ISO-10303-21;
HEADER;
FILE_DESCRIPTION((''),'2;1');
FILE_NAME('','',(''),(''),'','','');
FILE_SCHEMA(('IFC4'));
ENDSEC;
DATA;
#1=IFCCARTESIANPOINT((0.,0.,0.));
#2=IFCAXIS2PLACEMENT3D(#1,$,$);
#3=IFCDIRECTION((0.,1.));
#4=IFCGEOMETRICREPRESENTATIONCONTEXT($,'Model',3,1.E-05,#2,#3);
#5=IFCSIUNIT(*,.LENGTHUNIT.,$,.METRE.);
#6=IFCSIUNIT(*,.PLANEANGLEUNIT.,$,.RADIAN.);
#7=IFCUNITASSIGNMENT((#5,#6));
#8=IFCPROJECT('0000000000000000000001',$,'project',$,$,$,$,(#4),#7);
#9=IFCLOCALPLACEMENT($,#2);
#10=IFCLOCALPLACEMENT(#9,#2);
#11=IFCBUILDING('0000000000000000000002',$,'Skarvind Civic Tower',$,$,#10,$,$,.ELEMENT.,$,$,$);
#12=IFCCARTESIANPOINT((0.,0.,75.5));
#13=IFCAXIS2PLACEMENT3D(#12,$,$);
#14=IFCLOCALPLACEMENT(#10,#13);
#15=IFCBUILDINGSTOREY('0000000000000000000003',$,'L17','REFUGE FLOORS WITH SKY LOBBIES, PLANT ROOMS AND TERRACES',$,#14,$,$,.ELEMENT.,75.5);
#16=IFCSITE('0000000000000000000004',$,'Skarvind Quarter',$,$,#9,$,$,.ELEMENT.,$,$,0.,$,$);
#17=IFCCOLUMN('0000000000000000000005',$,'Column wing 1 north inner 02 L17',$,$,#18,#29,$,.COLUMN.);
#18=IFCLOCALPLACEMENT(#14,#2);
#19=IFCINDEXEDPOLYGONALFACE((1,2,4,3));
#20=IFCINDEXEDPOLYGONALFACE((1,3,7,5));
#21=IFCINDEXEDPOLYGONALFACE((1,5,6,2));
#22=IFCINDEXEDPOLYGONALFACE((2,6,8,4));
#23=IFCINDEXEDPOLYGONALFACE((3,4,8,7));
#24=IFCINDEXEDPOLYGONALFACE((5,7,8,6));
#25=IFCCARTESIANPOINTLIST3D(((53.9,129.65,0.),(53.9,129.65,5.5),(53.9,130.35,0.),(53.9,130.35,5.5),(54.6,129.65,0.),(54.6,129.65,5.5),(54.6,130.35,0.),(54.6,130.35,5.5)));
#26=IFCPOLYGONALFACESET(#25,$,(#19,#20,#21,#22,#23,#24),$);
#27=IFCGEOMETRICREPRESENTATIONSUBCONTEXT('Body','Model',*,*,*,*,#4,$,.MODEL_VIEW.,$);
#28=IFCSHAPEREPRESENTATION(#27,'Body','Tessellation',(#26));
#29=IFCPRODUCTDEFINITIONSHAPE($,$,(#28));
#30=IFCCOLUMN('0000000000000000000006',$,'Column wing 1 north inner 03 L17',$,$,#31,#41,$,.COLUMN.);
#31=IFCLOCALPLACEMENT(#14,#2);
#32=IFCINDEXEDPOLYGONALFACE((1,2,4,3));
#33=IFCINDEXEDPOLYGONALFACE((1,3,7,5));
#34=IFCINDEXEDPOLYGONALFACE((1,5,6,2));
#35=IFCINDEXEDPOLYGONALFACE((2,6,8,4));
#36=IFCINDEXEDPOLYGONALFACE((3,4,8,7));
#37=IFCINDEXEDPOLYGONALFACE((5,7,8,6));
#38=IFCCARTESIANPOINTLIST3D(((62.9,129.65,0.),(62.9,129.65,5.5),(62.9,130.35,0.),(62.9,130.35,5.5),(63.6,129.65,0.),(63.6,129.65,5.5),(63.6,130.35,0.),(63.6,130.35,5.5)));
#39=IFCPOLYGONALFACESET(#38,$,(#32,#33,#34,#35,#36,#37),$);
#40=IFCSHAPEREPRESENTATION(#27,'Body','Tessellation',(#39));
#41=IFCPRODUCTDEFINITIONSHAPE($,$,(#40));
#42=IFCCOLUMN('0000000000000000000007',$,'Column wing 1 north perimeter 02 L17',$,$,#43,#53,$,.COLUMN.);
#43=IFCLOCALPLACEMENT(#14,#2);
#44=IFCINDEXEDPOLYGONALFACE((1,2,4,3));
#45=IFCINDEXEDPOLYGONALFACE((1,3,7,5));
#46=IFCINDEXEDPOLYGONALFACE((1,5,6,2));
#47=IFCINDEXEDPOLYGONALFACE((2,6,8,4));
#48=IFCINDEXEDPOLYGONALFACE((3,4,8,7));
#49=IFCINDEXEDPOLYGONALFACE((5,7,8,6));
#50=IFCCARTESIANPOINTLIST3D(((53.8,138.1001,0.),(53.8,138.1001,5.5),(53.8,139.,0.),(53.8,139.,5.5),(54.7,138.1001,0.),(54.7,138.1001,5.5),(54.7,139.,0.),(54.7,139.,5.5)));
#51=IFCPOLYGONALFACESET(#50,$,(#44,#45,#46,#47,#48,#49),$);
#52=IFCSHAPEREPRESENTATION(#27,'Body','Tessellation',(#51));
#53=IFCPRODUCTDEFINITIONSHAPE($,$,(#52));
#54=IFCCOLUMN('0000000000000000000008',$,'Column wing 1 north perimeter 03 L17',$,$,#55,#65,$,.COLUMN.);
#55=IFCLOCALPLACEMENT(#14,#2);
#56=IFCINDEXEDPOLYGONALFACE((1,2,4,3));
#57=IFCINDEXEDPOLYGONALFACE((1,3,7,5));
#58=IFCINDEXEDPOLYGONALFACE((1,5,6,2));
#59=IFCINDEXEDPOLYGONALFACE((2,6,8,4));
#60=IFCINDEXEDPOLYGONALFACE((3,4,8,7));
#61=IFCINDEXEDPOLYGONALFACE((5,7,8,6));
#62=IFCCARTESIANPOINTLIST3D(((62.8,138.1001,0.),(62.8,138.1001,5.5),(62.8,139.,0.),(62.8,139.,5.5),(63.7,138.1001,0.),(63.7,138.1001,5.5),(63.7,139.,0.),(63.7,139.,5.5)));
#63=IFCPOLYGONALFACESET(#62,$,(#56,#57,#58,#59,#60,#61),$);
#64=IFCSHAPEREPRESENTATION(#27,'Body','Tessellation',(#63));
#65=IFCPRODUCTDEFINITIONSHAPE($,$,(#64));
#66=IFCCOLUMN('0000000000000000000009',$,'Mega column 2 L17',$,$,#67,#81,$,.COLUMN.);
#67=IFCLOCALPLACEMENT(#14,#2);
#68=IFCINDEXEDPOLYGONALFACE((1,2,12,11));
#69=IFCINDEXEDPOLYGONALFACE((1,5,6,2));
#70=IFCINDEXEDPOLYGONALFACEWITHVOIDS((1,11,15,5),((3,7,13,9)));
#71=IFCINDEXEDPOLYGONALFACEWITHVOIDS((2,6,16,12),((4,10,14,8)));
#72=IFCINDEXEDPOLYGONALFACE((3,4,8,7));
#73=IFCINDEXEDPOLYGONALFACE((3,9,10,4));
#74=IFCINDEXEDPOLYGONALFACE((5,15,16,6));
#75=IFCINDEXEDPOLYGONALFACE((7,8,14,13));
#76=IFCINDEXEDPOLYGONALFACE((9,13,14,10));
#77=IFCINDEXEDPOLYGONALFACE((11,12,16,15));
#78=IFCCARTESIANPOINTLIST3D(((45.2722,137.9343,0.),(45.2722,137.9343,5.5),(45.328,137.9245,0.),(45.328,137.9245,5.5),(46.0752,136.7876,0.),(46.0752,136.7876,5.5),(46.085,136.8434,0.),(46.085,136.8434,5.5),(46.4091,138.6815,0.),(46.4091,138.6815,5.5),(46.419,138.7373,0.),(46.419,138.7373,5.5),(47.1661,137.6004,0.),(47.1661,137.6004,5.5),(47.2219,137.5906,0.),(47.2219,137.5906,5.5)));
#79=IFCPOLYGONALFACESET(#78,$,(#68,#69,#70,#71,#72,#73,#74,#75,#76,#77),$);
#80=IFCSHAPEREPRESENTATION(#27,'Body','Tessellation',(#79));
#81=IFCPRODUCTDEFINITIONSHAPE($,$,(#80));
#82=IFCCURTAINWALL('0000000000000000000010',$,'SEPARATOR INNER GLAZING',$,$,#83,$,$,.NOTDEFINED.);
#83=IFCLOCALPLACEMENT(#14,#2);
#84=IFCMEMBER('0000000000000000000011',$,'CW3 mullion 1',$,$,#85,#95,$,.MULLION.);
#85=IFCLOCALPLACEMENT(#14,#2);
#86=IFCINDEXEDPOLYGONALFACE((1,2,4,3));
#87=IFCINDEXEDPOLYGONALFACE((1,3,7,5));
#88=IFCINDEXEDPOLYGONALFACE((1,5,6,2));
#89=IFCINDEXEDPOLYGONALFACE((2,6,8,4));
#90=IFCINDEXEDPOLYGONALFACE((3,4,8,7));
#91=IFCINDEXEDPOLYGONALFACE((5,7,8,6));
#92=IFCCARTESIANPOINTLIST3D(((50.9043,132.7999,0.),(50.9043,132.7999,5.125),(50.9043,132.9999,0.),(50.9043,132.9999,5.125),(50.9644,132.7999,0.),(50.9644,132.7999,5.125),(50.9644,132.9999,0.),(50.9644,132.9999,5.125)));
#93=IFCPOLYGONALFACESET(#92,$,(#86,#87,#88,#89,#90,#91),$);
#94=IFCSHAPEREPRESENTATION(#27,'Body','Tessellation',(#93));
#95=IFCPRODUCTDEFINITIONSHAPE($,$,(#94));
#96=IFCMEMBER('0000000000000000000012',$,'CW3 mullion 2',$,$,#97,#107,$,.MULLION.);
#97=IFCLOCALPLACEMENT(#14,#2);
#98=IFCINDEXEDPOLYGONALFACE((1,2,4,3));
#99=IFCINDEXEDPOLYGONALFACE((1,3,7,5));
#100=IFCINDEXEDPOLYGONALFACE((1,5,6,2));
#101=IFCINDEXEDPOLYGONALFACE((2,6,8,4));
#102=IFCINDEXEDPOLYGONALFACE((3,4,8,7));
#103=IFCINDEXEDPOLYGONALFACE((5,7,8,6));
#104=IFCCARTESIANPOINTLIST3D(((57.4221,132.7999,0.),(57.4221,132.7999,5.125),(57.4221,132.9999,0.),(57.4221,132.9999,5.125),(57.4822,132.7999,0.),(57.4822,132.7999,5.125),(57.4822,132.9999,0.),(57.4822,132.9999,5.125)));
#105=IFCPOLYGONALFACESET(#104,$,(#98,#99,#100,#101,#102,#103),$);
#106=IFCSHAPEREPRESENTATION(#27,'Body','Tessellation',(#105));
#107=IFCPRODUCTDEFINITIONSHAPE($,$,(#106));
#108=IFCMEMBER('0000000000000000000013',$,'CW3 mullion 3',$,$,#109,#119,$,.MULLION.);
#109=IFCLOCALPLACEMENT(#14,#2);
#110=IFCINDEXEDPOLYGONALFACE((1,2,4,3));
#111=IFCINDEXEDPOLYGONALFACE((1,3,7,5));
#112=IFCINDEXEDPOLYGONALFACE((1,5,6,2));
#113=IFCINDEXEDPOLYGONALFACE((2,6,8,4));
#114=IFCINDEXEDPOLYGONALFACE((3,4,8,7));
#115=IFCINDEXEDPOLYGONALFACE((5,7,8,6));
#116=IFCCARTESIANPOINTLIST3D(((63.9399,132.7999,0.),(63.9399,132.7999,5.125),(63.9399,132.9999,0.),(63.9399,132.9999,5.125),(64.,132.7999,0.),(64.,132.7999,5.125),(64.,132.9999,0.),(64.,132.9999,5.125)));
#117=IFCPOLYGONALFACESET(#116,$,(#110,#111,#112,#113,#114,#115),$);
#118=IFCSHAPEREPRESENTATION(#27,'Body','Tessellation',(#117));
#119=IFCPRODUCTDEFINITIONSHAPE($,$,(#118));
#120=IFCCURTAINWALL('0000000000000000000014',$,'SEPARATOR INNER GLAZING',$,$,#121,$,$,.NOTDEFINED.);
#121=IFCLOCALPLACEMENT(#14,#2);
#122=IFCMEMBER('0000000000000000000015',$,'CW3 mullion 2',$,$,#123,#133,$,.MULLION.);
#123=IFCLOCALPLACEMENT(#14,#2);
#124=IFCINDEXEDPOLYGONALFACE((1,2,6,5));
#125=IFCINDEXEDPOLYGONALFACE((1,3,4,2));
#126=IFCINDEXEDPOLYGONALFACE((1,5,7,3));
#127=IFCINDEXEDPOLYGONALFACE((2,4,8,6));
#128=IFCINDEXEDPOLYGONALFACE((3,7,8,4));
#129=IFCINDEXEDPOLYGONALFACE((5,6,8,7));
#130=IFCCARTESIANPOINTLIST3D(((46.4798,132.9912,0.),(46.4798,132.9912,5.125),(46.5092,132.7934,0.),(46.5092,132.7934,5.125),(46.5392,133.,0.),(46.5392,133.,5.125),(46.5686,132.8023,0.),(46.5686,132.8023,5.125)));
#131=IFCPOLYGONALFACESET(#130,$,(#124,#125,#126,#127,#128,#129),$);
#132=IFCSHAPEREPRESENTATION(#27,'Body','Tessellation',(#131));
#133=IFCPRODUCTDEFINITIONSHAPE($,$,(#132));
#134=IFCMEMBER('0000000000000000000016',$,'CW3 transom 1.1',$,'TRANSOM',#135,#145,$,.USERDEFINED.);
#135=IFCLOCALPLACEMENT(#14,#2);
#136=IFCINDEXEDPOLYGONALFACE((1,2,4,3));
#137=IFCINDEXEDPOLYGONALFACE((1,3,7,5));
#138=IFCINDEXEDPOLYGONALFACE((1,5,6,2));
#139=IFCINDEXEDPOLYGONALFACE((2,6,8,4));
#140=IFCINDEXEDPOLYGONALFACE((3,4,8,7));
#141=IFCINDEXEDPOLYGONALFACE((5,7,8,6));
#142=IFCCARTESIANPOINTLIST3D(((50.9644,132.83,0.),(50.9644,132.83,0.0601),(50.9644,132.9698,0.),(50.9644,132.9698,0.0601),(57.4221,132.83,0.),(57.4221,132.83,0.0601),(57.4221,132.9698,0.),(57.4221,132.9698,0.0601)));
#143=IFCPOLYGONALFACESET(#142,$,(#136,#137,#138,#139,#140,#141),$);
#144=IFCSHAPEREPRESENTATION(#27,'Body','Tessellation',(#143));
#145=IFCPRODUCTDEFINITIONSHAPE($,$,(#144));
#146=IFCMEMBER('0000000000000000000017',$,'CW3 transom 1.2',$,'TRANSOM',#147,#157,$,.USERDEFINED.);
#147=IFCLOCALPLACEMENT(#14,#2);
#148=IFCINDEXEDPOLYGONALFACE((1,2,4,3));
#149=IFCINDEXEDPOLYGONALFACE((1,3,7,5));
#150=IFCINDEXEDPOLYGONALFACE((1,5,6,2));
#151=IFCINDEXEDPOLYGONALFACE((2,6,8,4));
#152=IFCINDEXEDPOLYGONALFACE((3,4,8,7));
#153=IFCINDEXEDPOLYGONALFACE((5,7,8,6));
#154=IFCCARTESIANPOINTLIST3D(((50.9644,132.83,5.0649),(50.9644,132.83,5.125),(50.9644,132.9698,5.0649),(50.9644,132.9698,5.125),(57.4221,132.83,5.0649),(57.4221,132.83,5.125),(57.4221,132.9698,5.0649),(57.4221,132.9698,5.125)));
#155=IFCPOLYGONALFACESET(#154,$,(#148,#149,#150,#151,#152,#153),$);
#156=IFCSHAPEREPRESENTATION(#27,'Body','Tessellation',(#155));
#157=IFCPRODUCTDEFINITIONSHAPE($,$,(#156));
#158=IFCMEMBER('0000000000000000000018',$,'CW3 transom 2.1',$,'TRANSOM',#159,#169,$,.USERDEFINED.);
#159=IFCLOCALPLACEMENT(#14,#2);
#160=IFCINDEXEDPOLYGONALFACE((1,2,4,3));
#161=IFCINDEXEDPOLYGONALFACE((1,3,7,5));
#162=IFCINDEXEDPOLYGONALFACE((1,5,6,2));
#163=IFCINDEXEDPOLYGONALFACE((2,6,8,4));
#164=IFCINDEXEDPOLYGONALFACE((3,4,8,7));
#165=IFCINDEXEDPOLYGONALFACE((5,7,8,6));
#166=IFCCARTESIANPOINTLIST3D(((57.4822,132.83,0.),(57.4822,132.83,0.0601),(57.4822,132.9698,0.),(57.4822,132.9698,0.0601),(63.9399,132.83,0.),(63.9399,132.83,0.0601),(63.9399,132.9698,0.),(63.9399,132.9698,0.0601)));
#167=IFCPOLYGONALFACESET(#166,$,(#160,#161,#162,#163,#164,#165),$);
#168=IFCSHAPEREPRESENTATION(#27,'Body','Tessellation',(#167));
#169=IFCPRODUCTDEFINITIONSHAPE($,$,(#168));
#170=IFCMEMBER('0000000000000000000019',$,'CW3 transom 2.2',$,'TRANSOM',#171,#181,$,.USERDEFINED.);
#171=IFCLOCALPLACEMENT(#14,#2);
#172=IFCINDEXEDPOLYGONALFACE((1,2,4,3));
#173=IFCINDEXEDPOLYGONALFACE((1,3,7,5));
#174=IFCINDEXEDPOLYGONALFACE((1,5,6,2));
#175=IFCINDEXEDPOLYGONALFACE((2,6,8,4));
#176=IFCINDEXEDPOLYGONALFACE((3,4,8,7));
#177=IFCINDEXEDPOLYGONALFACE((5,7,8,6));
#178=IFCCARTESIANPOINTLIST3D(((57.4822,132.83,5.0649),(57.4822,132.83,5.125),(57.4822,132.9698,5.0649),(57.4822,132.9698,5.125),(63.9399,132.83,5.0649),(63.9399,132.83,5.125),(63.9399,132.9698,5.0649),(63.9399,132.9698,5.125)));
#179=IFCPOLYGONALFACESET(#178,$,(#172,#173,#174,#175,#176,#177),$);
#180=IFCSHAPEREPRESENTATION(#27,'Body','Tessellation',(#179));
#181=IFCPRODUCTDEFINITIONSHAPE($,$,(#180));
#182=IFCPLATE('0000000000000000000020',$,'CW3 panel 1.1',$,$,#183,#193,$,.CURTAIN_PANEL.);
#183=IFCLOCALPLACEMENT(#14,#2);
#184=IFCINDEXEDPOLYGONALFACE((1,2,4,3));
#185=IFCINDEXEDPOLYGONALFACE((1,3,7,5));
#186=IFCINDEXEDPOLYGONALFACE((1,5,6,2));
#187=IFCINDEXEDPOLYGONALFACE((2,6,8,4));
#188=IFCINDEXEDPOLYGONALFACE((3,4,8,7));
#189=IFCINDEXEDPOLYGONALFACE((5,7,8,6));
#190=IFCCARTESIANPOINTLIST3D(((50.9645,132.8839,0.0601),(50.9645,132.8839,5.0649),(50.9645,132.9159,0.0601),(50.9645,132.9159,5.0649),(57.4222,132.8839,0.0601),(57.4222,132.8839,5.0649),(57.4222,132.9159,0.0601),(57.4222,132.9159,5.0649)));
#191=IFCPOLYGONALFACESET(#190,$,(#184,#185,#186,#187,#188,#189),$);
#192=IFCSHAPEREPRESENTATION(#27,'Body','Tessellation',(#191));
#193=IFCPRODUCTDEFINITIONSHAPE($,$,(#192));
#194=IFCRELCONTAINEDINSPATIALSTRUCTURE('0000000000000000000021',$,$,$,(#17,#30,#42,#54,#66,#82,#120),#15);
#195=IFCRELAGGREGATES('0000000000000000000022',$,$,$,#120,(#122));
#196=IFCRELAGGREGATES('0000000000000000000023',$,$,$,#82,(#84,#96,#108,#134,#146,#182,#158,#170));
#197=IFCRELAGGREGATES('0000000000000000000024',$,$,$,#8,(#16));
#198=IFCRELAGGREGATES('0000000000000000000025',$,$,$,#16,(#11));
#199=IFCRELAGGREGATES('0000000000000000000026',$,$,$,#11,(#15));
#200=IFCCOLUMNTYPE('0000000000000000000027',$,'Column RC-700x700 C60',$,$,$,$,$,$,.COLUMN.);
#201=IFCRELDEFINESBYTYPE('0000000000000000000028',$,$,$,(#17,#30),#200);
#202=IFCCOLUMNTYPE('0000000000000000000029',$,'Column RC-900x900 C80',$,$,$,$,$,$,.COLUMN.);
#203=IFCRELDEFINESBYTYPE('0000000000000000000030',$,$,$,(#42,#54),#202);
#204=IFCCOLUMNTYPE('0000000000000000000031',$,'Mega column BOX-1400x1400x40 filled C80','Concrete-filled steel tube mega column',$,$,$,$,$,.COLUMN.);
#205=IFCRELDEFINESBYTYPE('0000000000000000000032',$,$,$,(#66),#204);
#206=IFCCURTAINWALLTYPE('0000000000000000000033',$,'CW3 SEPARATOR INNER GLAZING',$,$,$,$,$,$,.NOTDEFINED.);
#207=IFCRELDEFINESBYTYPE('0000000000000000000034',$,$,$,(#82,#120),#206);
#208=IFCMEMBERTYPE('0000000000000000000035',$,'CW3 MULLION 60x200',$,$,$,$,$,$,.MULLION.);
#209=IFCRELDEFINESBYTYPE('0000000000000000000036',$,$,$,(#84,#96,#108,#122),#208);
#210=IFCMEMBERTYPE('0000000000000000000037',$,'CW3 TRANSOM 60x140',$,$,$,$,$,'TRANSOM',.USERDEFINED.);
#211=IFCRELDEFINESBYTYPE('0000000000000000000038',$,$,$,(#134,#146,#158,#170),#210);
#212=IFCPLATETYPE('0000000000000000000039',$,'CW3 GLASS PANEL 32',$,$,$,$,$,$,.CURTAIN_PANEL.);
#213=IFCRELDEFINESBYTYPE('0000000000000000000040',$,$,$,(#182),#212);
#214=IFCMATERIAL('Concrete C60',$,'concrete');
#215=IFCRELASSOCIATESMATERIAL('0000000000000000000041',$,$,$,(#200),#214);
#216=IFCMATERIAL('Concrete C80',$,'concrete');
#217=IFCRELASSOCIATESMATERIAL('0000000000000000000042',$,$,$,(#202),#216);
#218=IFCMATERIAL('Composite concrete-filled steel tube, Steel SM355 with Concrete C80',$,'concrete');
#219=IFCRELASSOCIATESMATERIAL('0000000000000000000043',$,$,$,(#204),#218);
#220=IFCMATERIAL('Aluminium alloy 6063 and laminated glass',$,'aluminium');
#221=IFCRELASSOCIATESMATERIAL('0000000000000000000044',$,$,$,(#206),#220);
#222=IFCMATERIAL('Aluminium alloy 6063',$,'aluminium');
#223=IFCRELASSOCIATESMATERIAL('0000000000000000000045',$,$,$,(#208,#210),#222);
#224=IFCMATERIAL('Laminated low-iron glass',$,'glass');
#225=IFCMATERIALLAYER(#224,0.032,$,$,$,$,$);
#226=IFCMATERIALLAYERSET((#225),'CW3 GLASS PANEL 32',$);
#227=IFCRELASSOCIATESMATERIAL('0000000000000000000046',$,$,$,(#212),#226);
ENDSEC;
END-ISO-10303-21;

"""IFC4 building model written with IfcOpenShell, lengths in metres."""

from ifc_helpers import new_model, si_unit, direction, frame, origin, origin_2d, place, context, subcontext, project, spatial, rectangle, hollow_rectangle, extrude, material, layer, layer_set, material_profile, profile_set, type_object, element, aggregate, save


model = new_model("IFC4")

# Units and contexts
model_context = context("Model", 3, precision=1e-05, world=origin(), true_north=direction((0.0, 1.0)))
body_context = subcontext(model_context, "Body", "Model", "MODEL_VIEW")
ifc_project = project(units=[si_unit("LENGTHUNIT", "METRE"), si_unit("PLANEANGLEUNIT", "RADIAN")], contexts=[model_context])

# Site, building, storey
site_placement = place(None, origin())
site = spatial("IfcSite", under=ifc_project, at=site_placement, Name="Skarvind Quarter", CompositionType="ELEMENT", RefElevation=0.0)
building_placement = place(site_placement, origin())
building = spatial("IfcBuilding", under=site, at=building_placement, Name="Skarvind Civic Tower", CompositionType="ELEMENT")
storey_placement = place(building_placement, frame((0.0, 0.0, 75.5)))
storey = spatial("IfcBuildingStorey", under=building, at=storey_placement, Name="L17", Description="REFUGE FLOORS WITH SKY LOBBIES, PLANT ROOMS AND TERRACES", CompositionType="ELEMENT", Elevation=75.5)

# Columns
ifc_material_1 = material(Name="Concrete C60", Category="concrete")
ifc_material_profile_1 = material_profile(ifc_material_1, rectangle(XDim=0.7, YDim=0.7, at=origin_2d()), Name="RC-700x700")
ifc_profile_set_1 = profile_set([ifc_material_profile_1], Name="Concrete C60")
column_type_1 = type_object("IfcColumnType", Name="Column RC-700x700 C60", PredefinedType="COLUMN", material=ifc_profile_set_1)
for number, where, z_axis, x_axis, name in (
    (1, (54.25, 130.0, 0.0), (0.0, 0.0, 1.0), (1.0, 0.0, 0.0), "Column wing 1 north inner 02 L17"),
    (2, (63.25, 130.0, 0.0), (0.0, 0.0, 1.0), (1.0, 0.0, 0.0), "Column wing 1 north inner 03 L17"),
):
    element("IfcColumn", number, at=place(storey_placement, frame(where, z_axis=z_axis, x_axis=x_axis)), inside=storey, type_object=column_type_1, Name=name, PredefinedType="COLUMN", context=body_context, shape_type="SweptSolid", body=[
        extrude(rectangle(XDim=0.7, YDim=0.7, at=origin_2d()), origin(), (0.0, 0.0, 1.0), 5.5),
    ])
ifc_material_2 = material(Name="Concrete C80", Category="concrete")
ifc_material_profile_2 = material_profile(ifc_material_2, rectangle(XDim=0.8999, YDim=0.8999, at=origin_2d()), Name="RC-900x900")
ifc_profile_set_2 = profile_set([ifc_material_profile_2], Name="Concrete C80")
column_type_2 = type_object("IfcColumnType", Name="Column RC-900x900 C80", PredefinedType="COLUMN", material=ifc_profile_set_2)
for number, where, z_axis, x_axis, name in (
    (3, (54.25, 138.55, 0.0), (0.0, 0.0, 1.0), (1.0, 0.0, 0.0), "Column wing 1 north perimeter 02 L17"),
    (4, (63.25, 138.55, 0.0), (0.0, 0.0, 1.0), (1.0, 0.0, 0.0), "Column wing 1 north perimeter 03 L17"),
):
    element("IfcColumn", number, at=place(storey_placement, frame(where, z_axis=z_axis, x_axis=x_axis)), inside=storey, type_object=column_type_2, Name=name, PredefinedType="COLUMN", context=body_context, shape_type="SweptSolid", body=[
        extrude(rectangle(XDim=0.8999, YDim=0.8999, at=origin_2d()), origin(), (0.0, 0.0, 1.0), 5.5),
    ])
ifc_material_3 = material(Name="Composite concrete-filled steel tube, Steel SM355 with Concrete C80", Category="concrete")
ifc_material_profile_3 = material_profile(ifc_material_3, hollow_rectangle(XDim=1.3999, YDim=1.3999, WallThickness=0.04, at=origin_2d()), Name="BOX-1400x1400x40")
ifc_profile_set_3 = profile_set([ifc_material_profile_3], Name="Composite concrete-filled steel tube, Steel SM355 with Concrete C80")
column_type_3 = type_object("IfcColumnType", Name="Mega column BOX-1400x1400x40 filled C80", Description="Concrete-filled steel tube mega column", PredefinedType="COLUMN", material=ifc_profile_set_3)
column_placement = place(storey_placement, frame((46.2471, 137.7625, 0.0), z_axis=(0.0, 0.0, 1.0), x_axis=(0.573576, -0.819152, 0.0)))
element("IfcColumn", 5, at=column_placement, inside=storey, type_object=column_type_3, Name="Mega column 2 L17", PredefinedType="COLUMN", context=body_context, shape_type="SweptSolid", body=[
    extrude(hollow_rectangle(XDim=1.3999, YDim=1.3999, WallThickness=0.04, at=origin_2d()), origin(), (0.0, 0.0, 1.0), 5.5),
])

# Curtain wall, members
ifc_material_4 = material(Name="Aluminium alloy 6063 and laminated glass", Category="aluminium")
curtain_wall_type = type_object("IfcCurtainWallType", Name="CW3 SEPARATOR INNER GLAZING", PredefinedType="NOTDEFINED", material=ifc_material_4)
curtain_wall_1_placement = place(storey_placement, origin())
curtain_wall_1 = element("IfcCurtainWall", 6, at=curtain_wall_1_placement, inside=storey, type_object=curtain_wall_type, Name="SEPARATOR INNER GLAZING", PredefinedType="NOTDEFINED")
ifc_material_5 = material(Name="Aluminium alloy 6063", Category="aluminium")
ifc_material_profile_4 = material_profile(ifc_material_5, rectangle(XDim=0.2, YDim=0.0601, at=origin_2d()), Name="AL 60x200")
ifc_profile_set_4 = profile_set([ifc_material_profile_4], Name="Aluminium alloy 6063")
member_type_1 = type_object("IfcMemberType", Name="CW3 MULLION 60x200", PredefinedType="MULLION", material=ifc_profile_set_4)
member_1_placement = place(storey_placement, frame((50.9343, 132.8999, 0.0), z_axis=(0.0, 0.0, 1.0), x_axis=(0.0, 1.0, 0.0)))
member_1 = element("IfcMember", 7, at=member_1_placement, type_object=member_type_1, Name="CW3 mullion 1", PredefinedType="MULLION", context=body_context, shape_type="SweptSolid", body=[
    extrude(rectangle(XDim=0.2, YDim=0.0601, at=origin_2d()), origin(), (0.0, 0.0, 1.0), 5.125),
])
member_2_placement = place(storey_placement, frame((57.4521, 132.8999, 0.0), z_axis=(0.0, 0.0, 1.0), x_axis=(0.0, 1.0, 0.0)))
member_2 = element("IfcMember", 8, at=member_2_placement, type_object=member_type_1, Name="CW3 mullion 2", PredefinedType="MULLION", context=body_context, shape_type="SweptSolid", body=[
    extrude(rectangle(XDim=0.2, YDim=0.0601, at=origin_2d()), origin(), (0.0, 0.0, 1.0), 5.125),
])
member_3_placement = place(storey_placement, frame((63.97, 132.8999, 0.0), z_axis=(0.0, 0.0, 1.0), x_axis=(0.0, 1.0, 0.0)))
member_3 = element("IfcMember", 9, at=member_3_placement, type_object=member_type_1, Name="CW3 mullion 3", PredefinedType="MULLION", context=body_context, shape_type="SweptSolid", body=[
    extrude(rectangle(XDim=0.2, YDim=0.0601, at=origin_2d()), origin(), (0.0, 0.0, 1.0), 5.125),
])

# Curtain wall, member
curtain_wall_2_placement = place(storey_placement, origin())
curtain_wall_2 = element("IfcCurtainWall", 10, at=curtain_wall_2_placement, inside=storey, type_object=curtain_wall_type, Name="SEPARATOR INNER GLAZING", PredefinedType="NOTDEFINED")
member_4_placement = place(storey_placement, frame((46.5242, 132.8967, 0.0), z_axis=(0.0, 0.0, 1.0), x_axis=(-0.147088, 0.989123, 0.0)))
member_4 = element("IfcMember", 11, at=member_4_placement, type_object=member_type_1, Name="CW3 mullion 2", PredefinedType="MULLION", context=body_context, shape_type="SweptSolid", body=[
    extrude(rectangle(XDim=0.2, YDim=0.0601, at=origin_2d()), origin(), (0.0, 0.0, 1.0), 5.125),
])
aggregate(curtain_wall_2, [member_4])

# Members
ifc_material_profile_5 = material_profile(ifc_material_5, rectangle(XDim=0.1399, YDim=0.0601, at=origin_2d()), Name="AL 60x140")
ifc_profile_set_5 = profile_set([ifc_material_profile_5], Name="Aluminium alloy 6063")
member_type_2 = type_object("IfcMemberType", Name="CW3 TRANSOM 60x140", ElementType="TRANSOM", PredefinedType="USERDEFINED", material=ifc_profile_set_5)
member_5_placement = place(storey_placement, frame((50.9644, 132.8999, 0.03), z_axis=(1.0, 0.0, 0.0), x_axis=(0.0, 1.0, 0.0)))
member_5 = element("IfcMember", 12, at=member_5_placement, type_object=member_type_2, Name="CW3 transom 1.1", ObjectType="TRANSOM", PredefinedType="USERDEFINED", context=body_context, shape_type="SweptSolid", body=[
    extrude(rectangle(XDim=0.1399, YDim=0.0601, at=origin_2d()), origin(), (0.0, 0.0, 1.0), 6.4578),
])
member_6_placement = place(storey_placement, frame((50.9644, 132.8999, 5.095), z_axis=(1.0, 0.0, 0.0), x_axis=(0.0, 1.0, 0.0)))
member_6 = element("IfcMember", 13, at=member_6_placement, type_object=member_type_2, Name="CW3 transom 1.2", ObjectType="TRANSOM", PredefinedType="USERDEFINED", context=body_context, shape_type="SweptSolid", body=[
    extrude(rectangle(XDim=0.1399, YDim=0.0601, at=origin_2d()), origin(), (0.0, 0.0, 1.0), 6.4578),
])
member_7_placement = place(storey_placement, frame((57.4822, 132.8999, 0.03), z_axis=(1.0, 0.0, 0.0), x_axis=(0.0, 1.0, 0.0)))
member_7 = element("IfcMember", 14, at=member_7_placement, type_object=member_type_2, Name="CW3 transom 2.1", ObjectType="TRANSOM", PredefinedType="USERDEFINED", context=body_context, shape_type="SweptSolid", body=[
    extrude(rectangle(XDim=0.1399, YDim=0.0601, at=origin_2d()), origin(), (0.0, 0.0, 1.0), 6.4578),
])
member_8_placement = place(storey_placement, frame((57.4822, 132.8999, 5.095), z_axis=(1.0, 0.0, 0.0), x_axis=(0.0, 1.0, 0.0)))
member_8 = element("IfcMember", 15, at=member_8_placement, type_object=member_type_2, Name="CW3 transom 2.2", ObjectType="TRANSOM", PredefinedType="USERDEFINED", context=body_context, shape_type="SweptSolid", body=[
    extrude(rectangle(XDim=0.1399, YDim=0.0601, at=origin_2d()), origin(), (0.0, 0.0, 1.0), 6.4578),
])

# Plate
ifc_material_6 = material(Name="Laminated low-iron glass", Category="glass")
ifc_layer_1 = layer(ifc_material_6, 0.032)
ifc_layer_set_1 = layer_set([ifc_layer_1], Name="CW3 GLASS PANEL 32")
plate_type = type_object("IfcPlateType", Name="CW3 GLASS PANEL 32", PredefinedType="CURTAIN_PANEL", material=ifc_layer_set_1)
plate_1_placement = place(storey_placement, frame((54.1934, 132.8999, 0.0601), z_axis=(0.0, 0.0, 1.0), x_axis=(1.0, 0.0, 0.0)))
plate_1 = element("IfcPlate", 16, at=plate_1_placement, type_object=plate_type, Name="CW3 panel 1.1", PredefinedType="CURTAIN_PANEL", context=body_context, shape_type="SweptSolid", body=[
    extrude(rectangle(XDim=6.4578, YDim=0.032, at=origin_2d()), origin(), (0.0, 0.0, 1.0), 5.0049),
])
aggregate(curtain_wall_1, [member_1, member_2, member_3, member_5, member_6, plate_1, member_7, member_8])

save(model, "model.ifc")
